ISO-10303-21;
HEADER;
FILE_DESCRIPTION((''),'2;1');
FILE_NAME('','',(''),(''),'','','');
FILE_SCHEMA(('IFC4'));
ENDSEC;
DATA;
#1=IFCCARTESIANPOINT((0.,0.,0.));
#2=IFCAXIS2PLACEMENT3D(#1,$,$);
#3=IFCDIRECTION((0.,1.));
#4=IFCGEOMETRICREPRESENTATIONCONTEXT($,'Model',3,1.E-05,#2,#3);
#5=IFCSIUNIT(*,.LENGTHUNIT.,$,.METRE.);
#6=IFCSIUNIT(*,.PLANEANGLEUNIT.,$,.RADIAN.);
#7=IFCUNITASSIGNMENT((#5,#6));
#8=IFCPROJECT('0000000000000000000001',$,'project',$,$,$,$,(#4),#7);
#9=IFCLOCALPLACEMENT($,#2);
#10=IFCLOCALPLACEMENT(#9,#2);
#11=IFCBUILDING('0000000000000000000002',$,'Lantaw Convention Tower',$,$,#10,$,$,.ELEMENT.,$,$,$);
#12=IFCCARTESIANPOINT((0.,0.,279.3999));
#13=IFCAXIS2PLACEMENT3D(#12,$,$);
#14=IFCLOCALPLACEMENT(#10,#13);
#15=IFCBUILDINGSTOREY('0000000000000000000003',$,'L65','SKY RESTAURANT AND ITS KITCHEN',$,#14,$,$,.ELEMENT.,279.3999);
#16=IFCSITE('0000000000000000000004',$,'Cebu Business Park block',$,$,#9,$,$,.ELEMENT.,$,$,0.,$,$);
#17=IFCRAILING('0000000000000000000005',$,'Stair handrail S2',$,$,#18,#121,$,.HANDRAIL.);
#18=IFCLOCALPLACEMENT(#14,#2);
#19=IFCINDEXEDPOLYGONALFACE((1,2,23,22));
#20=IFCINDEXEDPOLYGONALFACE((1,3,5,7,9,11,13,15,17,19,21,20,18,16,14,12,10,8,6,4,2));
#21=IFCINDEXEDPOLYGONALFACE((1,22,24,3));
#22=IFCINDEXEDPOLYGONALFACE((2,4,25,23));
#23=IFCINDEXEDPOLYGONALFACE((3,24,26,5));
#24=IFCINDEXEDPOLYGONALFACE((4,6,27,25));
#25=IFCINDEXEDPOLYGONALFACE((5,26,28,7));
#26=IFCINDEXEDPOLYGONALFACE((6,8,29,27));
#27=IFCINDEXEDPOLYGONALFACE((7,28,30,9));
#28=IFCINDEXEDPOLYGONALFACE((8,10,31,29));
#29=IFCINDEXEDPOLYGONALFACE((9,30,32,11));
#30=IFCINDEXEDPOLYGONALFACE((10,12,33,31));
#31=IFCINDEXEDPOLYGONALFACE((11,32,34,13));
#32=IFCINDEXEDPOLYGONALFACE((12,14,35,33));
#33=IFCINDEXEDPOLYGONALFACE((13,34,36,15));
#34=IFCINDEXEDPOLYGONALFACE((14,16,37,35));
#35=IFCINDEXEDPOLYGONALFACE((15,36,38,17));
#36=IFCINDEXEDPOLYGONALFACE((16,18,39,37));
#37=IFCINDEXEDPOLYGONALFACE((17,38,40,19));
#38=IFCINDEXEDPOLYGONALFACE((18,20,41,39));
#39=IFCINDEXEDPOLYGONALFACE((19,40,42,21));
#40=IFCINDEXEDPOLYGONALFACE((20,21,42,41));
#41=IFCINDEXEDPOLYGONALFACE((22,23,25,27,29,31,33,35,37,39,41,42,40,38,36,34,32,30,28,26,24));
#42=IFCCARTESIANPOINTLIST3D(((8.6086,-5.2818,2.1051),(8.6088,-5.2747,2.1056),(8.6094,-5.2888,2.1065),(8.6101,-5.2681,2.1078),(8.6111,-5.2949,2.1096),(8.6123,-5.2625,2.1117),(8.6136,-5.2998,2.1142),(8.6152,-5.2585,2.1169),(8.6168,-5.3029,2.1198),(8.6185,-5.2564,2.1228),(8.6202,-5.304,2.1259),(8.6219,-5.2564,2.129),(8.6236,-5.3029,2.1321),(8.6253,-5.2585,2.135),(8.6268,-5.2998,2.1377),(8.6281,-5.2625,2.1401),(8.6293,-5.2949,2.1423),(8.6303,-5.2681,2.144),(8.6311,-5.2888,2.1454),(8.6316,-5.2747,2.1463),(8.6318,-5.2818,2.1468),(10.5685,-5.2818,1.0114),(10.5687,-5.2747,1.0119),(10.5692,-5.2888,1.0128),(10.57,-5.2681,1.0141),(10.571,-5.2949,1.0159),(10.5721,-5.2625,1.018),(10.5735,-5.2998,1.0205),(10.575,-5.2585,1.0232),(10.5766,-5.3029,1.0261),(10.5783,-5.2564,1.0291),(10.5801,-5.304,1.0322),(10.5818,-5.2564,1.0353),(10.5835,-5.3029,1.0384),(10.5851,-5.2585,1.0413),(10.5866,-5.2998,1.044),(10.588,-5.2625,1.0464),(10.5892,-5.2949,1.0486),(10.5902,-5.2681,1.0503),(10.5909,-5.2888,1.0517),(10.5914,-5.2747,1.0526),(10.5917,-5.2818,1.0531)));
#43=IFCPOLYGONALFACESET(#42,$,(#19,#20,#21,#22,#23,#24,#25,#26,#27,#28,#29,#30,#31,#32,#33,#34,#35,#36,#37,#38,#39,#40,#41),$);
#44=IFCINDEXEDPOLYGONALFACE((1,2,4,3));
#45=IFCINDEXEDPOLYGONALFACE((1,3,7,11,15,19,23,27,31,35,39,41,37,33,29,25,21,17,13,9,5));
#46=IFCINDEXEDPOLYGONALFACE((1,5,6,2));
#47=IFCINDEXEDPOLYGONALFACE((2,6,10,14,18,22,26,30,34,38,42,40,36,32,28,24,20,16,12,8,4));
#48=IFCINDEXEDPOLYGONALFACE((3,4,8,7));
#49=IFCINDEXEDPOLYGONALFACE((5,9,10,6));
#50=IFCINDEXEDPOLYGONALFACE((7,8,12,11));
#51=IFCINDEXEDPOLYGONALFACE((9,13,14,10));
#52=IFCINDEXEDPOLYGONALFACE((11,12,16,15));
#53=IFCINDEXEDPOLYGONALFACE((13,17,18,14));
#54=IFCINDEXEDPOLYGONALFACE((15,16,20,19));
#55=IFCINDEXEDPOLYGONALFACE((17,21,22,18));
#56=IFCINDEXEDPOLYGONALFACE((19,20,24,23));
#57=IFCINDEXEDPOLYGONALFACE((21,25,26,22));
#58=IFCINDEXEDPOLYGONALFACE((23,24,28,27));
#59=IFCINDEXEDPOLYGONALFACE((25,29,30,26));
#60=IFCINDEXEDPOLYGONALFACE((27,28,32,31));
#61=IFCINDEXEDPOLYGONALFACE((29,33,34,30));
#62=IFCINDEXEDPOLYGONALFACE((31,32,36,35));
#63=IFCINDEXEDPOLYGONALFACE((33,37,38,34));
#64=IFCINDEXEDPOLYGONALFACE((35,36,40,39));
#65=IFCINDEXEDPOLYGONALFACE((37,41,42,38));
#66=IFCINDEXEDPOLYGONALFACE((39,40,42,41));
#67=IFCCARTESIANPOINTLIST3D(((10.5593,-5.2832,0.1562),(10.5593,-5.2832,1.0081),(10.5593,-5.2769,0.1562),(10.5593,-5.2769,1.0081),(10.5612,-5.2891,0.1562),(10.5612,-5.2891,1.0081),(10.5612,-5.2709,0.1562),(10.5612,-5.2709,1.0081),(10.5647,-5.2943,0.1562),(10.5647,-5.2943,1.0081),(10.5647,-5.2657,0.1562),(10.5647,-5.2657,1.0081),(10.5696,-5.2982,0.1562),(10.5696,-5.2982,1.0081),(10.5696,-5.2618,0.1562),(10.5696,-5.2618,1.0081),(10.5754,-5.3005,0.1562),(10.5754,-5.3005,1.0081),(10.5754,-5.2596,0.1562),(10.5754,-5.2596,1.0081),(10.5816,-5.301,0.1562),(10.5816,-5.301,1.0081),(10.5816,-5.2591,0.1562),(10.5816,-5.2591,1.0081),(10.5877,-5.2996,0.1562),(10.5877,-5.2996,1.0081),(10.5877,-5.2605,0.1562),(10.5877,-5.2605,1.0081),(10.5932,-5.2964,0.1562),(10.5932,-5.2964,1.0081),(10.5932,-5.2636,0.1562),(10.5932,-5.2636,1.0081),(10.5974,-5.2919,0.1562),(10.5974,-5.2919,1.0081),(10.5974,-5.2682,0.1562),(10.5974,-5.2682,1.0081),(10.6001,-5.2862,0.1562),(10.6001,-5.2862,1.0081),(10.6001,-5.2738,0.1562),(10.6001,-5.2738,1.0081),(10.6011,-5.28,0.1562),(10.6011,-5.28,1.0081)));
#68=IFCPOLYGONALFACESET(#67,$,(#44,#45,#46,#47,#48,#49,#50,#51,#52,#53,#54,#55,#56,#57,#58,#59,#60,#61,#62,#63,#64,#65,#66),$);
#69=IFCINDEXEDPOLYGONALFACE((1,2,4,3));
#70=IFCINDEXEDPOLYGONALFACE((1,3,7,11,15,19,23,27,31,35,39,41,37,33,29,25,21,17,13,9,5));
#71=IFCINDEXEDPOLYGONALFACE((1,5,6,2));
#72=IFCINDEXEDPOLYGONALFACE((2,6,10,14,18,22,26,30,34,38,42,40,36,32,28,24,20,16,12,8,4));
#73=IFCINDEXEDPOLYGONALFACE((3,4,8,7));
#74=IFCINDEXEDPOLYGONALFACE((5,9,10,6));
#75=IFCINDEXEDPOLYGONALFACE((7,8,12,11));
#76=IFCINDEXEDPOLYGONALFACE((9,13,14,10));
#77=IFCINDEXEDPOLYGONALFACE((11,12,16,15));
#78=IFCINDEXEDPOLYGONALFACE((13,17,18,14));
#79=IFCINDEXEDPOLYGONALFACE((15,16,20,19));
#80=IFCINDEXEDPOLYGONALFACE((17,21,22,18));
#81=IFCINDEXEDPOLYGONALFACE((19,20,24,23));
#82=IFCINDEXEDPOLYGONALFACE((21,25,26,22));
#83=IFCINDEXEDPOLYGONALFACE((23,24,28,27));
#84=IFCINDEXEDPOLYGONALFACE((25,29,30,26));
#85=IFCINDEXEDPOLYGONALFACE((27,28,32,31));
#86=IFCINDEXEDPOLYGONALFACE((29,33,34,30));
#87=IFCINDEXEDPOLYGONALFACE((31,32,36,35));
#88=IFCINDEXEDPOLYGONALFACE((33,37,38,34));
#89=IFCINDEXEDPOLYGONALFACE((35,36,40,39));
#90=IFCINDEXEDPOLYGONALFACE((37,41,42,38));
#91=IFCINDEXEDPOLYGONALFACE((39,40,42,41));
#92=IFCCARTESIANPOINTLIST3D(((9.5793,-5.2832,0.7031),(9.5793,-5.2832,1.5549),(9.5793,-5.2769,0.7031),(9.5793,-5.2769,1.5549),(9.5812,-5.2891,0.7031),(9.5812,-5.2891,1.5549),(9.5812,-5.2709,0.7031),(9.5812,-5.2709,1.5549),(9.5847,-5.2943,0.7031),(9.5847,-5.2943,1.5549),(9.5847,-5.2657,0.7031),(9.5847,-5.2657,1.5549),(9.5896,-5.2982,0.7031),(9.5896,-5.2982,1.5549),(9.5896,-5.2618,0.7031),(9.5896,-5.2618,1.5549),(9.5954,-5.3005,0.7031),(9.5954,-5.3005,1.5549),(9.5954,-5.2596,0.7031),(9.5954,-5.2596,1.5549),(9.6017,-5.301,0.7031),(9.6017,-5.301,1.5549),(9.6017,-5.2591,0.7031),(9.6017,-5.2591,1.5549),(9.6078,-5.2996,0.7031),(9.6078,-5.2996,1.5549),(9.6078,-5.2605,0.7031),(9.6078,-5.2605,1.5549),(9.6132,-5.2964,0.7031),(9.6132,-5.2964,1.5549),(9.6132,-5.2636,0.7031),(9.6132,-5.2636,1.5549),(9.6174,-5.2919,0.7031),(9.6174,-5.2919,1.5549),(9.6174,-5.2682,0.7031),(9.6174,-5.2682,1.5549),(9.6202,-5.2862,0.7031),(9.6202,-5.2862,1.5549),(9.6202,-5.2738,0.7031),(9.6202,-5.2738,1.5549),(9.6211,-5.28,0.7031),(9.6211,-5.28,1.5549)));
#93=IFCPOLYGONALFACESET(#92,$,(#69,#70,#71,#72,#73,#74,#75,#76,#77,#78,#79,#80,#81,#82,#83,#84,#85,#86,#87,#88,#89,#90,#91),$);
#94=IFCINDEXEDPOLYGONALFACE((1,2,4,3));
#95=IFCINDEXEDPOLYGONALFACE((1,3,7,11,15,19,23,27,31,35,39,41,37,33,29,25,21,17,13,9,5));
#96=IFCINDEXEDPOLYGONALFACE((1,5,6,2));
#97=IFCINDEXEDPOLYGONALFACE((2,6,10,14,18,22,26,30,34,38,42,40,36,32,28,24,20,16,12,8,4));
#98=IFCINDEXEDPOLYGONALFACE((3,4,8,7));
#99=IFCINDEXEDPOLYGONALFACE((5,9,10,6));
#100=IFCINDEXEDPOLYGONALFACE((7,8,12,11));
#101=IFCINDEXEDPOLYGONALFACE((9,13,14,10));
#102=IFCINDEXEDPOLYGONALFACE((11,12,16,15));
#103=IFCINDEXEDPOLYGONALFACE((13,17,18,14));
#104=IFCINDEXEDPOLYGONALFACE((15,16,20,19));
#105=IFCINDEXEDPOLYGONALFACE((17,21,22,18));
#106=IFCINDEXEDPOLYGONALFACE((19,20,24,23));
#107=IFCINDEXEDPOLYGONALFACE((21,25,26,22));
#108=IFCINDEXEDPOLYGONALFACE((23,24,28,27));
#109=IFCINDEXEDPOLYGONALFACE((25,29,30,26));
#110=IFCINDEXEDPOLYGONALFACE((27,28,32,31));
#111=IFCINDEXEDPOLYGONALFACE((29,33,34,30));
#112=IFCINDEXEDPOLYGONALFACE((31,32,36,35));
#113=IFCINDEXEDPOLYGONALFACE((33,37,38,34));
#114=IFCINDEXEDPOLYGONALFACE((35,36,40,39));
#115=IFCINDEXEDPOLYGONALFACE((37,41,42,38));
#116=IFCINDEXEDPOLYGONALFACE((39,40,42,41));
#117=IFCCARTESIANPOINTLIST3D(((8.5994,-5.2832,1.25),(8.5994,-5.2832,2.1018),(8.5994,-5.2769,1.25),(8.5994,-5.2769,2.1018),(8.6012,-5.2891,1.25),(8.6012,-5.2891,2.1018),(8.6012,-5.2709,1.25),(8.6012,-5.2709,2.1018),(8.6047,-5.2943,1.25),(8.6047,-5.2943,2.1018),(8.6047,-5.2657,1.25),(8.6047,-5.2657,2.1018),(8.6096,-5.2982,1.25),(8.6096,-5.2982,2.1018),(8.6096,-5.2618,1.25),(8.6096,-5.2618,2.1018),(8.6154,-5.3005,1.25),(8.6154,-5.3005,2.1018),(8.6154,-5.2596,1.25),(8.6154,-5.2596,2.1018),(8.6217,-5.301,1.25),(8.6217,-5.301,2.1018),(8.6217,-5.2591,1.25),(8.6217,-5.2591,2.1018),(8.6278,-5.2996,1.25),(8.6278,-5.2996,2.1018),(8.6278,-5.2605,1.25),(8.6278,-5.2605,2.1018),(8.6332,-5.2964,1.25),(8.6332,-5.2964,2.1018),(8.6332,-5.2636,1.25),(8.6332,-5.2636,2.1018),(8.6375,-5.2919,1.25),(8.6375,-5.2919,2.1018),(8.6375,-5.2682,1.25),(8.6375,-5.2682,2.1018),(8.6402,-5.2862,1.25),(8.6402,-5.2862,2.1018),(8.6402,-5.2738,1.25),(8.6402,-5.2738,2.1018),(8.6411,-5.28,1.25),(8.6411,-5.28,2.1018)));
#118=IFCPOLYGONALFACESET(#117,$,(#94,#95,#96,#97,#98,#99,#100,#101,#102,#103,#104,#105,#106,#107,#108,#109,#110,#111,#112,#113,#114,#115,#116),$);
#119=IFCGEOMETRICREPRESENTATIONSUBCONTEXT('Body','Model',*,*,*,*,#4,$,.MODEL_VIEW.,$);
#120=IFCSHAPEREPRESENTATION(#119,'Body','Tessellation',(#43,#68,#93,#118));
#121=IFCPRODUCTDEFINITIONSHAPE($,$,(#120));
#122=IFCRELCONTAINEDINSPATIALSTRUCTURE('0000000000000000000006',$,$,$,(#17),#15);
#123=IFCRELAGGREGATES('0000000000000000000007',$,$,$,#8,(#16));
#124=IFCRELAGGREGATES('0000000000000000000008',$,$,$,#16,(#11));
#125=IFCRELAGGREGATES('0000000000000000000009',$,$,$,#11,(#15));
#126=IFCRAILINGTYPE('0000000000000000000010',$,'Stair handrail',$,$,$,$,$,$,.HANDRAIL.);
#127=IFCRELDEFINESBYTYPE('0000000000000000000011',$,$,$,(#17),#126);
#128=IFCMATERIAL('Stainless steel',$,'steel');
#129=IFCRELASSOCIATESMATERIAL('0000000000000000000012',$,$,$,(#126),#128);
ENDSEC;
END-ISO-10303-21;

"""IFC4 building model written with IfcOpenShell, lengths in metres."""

from ifc_helpers import new_model, si_unit, direction, frame, origin, origin_2d, place, context, subcontext, project, spatial, circle, extrude, material, type_object, element, save


model = new_model("IFC4")

# Units and contexts
model_context = context("Model", 3, precision=1e-05, world=origin(), true_north=direction((0.0, 1.0)))
body_context = subcontext(model_context, "Body", "Model", "MODEL_VIEW")
ifc_project = project(units=[si_unit("LENGTHUNIT", "METRE"), si_unit("PLANEANGLEUNIT", "RADIAN")], contexts=[model_context])

# Site, building, storey
site_placement = place(None, origin())
site = spatial("IfcSite", under=ifc_project, at=site_placement, Name="Cebu Business Park block", CompositionType="ELEMENT", RefElevation=0.0)
building_placement = place(site_placement, origin())
building = spatial("IfcBuilding", under=site, at=building_placement, Name="Lantaw Convention Tower", CompositionType="ELEMENT")
storey_placement = place(building_placement, frame((0.0, 0.0, 279.3999)))
storey = spatial("IfcBuildingStorey", under=building, at=storey_placement, Name="L65", Description="SKY RESTAURANT AND ITS KITCHEN", CompositionType="ELEMENT", Elevation=279.3999)

# Railing
ifc_material_1 = material(Name="Stainless steel", Category="steel")
railing_type = type_object("IfcRailingType", Name="Stair handrail", PredefinedType="HANDRAIL", material=ifc_material_1)
railing_1_placement = place(storey_placement, frame((10.5801, -5.28, 0.1562)))
element("IfcRailing", 1, at=railing_1_placement, inside=storey, type_object=railing_type, Name="Stair handrail S2", PredefinedType="HANDRAIL", context=body_context, shape_type="SweptSolid", body=[
    extrude(circle(Radius=0.0239, at=origin_2d()), frame((0.0, 0.0, 0.876), z_axis=(-0.873232, 0.0, 0.487304), x_axis=(0.0, -1.0, 0.0)), (0.0, 0.0, 1.0), 2.2444),
    extrude(circle(Radius=0.021, at=origin_2d()), origin(), (0.0, 0.0, 1.0), 0.8518),
    extrude(circle(Radius=0.021, at=origin_2d()), frame((-0.98, 0.0, 0.5469)), (0.0, 0.0, 1.0), 0.8518),
    extrude(circle(Radius=0.021, at=origin_2d()), frame((-1.96, 0.0, 1.0938)), (0.0, 0.0, 1.0), 0.8518),
])

save(model, "model.ifc")
